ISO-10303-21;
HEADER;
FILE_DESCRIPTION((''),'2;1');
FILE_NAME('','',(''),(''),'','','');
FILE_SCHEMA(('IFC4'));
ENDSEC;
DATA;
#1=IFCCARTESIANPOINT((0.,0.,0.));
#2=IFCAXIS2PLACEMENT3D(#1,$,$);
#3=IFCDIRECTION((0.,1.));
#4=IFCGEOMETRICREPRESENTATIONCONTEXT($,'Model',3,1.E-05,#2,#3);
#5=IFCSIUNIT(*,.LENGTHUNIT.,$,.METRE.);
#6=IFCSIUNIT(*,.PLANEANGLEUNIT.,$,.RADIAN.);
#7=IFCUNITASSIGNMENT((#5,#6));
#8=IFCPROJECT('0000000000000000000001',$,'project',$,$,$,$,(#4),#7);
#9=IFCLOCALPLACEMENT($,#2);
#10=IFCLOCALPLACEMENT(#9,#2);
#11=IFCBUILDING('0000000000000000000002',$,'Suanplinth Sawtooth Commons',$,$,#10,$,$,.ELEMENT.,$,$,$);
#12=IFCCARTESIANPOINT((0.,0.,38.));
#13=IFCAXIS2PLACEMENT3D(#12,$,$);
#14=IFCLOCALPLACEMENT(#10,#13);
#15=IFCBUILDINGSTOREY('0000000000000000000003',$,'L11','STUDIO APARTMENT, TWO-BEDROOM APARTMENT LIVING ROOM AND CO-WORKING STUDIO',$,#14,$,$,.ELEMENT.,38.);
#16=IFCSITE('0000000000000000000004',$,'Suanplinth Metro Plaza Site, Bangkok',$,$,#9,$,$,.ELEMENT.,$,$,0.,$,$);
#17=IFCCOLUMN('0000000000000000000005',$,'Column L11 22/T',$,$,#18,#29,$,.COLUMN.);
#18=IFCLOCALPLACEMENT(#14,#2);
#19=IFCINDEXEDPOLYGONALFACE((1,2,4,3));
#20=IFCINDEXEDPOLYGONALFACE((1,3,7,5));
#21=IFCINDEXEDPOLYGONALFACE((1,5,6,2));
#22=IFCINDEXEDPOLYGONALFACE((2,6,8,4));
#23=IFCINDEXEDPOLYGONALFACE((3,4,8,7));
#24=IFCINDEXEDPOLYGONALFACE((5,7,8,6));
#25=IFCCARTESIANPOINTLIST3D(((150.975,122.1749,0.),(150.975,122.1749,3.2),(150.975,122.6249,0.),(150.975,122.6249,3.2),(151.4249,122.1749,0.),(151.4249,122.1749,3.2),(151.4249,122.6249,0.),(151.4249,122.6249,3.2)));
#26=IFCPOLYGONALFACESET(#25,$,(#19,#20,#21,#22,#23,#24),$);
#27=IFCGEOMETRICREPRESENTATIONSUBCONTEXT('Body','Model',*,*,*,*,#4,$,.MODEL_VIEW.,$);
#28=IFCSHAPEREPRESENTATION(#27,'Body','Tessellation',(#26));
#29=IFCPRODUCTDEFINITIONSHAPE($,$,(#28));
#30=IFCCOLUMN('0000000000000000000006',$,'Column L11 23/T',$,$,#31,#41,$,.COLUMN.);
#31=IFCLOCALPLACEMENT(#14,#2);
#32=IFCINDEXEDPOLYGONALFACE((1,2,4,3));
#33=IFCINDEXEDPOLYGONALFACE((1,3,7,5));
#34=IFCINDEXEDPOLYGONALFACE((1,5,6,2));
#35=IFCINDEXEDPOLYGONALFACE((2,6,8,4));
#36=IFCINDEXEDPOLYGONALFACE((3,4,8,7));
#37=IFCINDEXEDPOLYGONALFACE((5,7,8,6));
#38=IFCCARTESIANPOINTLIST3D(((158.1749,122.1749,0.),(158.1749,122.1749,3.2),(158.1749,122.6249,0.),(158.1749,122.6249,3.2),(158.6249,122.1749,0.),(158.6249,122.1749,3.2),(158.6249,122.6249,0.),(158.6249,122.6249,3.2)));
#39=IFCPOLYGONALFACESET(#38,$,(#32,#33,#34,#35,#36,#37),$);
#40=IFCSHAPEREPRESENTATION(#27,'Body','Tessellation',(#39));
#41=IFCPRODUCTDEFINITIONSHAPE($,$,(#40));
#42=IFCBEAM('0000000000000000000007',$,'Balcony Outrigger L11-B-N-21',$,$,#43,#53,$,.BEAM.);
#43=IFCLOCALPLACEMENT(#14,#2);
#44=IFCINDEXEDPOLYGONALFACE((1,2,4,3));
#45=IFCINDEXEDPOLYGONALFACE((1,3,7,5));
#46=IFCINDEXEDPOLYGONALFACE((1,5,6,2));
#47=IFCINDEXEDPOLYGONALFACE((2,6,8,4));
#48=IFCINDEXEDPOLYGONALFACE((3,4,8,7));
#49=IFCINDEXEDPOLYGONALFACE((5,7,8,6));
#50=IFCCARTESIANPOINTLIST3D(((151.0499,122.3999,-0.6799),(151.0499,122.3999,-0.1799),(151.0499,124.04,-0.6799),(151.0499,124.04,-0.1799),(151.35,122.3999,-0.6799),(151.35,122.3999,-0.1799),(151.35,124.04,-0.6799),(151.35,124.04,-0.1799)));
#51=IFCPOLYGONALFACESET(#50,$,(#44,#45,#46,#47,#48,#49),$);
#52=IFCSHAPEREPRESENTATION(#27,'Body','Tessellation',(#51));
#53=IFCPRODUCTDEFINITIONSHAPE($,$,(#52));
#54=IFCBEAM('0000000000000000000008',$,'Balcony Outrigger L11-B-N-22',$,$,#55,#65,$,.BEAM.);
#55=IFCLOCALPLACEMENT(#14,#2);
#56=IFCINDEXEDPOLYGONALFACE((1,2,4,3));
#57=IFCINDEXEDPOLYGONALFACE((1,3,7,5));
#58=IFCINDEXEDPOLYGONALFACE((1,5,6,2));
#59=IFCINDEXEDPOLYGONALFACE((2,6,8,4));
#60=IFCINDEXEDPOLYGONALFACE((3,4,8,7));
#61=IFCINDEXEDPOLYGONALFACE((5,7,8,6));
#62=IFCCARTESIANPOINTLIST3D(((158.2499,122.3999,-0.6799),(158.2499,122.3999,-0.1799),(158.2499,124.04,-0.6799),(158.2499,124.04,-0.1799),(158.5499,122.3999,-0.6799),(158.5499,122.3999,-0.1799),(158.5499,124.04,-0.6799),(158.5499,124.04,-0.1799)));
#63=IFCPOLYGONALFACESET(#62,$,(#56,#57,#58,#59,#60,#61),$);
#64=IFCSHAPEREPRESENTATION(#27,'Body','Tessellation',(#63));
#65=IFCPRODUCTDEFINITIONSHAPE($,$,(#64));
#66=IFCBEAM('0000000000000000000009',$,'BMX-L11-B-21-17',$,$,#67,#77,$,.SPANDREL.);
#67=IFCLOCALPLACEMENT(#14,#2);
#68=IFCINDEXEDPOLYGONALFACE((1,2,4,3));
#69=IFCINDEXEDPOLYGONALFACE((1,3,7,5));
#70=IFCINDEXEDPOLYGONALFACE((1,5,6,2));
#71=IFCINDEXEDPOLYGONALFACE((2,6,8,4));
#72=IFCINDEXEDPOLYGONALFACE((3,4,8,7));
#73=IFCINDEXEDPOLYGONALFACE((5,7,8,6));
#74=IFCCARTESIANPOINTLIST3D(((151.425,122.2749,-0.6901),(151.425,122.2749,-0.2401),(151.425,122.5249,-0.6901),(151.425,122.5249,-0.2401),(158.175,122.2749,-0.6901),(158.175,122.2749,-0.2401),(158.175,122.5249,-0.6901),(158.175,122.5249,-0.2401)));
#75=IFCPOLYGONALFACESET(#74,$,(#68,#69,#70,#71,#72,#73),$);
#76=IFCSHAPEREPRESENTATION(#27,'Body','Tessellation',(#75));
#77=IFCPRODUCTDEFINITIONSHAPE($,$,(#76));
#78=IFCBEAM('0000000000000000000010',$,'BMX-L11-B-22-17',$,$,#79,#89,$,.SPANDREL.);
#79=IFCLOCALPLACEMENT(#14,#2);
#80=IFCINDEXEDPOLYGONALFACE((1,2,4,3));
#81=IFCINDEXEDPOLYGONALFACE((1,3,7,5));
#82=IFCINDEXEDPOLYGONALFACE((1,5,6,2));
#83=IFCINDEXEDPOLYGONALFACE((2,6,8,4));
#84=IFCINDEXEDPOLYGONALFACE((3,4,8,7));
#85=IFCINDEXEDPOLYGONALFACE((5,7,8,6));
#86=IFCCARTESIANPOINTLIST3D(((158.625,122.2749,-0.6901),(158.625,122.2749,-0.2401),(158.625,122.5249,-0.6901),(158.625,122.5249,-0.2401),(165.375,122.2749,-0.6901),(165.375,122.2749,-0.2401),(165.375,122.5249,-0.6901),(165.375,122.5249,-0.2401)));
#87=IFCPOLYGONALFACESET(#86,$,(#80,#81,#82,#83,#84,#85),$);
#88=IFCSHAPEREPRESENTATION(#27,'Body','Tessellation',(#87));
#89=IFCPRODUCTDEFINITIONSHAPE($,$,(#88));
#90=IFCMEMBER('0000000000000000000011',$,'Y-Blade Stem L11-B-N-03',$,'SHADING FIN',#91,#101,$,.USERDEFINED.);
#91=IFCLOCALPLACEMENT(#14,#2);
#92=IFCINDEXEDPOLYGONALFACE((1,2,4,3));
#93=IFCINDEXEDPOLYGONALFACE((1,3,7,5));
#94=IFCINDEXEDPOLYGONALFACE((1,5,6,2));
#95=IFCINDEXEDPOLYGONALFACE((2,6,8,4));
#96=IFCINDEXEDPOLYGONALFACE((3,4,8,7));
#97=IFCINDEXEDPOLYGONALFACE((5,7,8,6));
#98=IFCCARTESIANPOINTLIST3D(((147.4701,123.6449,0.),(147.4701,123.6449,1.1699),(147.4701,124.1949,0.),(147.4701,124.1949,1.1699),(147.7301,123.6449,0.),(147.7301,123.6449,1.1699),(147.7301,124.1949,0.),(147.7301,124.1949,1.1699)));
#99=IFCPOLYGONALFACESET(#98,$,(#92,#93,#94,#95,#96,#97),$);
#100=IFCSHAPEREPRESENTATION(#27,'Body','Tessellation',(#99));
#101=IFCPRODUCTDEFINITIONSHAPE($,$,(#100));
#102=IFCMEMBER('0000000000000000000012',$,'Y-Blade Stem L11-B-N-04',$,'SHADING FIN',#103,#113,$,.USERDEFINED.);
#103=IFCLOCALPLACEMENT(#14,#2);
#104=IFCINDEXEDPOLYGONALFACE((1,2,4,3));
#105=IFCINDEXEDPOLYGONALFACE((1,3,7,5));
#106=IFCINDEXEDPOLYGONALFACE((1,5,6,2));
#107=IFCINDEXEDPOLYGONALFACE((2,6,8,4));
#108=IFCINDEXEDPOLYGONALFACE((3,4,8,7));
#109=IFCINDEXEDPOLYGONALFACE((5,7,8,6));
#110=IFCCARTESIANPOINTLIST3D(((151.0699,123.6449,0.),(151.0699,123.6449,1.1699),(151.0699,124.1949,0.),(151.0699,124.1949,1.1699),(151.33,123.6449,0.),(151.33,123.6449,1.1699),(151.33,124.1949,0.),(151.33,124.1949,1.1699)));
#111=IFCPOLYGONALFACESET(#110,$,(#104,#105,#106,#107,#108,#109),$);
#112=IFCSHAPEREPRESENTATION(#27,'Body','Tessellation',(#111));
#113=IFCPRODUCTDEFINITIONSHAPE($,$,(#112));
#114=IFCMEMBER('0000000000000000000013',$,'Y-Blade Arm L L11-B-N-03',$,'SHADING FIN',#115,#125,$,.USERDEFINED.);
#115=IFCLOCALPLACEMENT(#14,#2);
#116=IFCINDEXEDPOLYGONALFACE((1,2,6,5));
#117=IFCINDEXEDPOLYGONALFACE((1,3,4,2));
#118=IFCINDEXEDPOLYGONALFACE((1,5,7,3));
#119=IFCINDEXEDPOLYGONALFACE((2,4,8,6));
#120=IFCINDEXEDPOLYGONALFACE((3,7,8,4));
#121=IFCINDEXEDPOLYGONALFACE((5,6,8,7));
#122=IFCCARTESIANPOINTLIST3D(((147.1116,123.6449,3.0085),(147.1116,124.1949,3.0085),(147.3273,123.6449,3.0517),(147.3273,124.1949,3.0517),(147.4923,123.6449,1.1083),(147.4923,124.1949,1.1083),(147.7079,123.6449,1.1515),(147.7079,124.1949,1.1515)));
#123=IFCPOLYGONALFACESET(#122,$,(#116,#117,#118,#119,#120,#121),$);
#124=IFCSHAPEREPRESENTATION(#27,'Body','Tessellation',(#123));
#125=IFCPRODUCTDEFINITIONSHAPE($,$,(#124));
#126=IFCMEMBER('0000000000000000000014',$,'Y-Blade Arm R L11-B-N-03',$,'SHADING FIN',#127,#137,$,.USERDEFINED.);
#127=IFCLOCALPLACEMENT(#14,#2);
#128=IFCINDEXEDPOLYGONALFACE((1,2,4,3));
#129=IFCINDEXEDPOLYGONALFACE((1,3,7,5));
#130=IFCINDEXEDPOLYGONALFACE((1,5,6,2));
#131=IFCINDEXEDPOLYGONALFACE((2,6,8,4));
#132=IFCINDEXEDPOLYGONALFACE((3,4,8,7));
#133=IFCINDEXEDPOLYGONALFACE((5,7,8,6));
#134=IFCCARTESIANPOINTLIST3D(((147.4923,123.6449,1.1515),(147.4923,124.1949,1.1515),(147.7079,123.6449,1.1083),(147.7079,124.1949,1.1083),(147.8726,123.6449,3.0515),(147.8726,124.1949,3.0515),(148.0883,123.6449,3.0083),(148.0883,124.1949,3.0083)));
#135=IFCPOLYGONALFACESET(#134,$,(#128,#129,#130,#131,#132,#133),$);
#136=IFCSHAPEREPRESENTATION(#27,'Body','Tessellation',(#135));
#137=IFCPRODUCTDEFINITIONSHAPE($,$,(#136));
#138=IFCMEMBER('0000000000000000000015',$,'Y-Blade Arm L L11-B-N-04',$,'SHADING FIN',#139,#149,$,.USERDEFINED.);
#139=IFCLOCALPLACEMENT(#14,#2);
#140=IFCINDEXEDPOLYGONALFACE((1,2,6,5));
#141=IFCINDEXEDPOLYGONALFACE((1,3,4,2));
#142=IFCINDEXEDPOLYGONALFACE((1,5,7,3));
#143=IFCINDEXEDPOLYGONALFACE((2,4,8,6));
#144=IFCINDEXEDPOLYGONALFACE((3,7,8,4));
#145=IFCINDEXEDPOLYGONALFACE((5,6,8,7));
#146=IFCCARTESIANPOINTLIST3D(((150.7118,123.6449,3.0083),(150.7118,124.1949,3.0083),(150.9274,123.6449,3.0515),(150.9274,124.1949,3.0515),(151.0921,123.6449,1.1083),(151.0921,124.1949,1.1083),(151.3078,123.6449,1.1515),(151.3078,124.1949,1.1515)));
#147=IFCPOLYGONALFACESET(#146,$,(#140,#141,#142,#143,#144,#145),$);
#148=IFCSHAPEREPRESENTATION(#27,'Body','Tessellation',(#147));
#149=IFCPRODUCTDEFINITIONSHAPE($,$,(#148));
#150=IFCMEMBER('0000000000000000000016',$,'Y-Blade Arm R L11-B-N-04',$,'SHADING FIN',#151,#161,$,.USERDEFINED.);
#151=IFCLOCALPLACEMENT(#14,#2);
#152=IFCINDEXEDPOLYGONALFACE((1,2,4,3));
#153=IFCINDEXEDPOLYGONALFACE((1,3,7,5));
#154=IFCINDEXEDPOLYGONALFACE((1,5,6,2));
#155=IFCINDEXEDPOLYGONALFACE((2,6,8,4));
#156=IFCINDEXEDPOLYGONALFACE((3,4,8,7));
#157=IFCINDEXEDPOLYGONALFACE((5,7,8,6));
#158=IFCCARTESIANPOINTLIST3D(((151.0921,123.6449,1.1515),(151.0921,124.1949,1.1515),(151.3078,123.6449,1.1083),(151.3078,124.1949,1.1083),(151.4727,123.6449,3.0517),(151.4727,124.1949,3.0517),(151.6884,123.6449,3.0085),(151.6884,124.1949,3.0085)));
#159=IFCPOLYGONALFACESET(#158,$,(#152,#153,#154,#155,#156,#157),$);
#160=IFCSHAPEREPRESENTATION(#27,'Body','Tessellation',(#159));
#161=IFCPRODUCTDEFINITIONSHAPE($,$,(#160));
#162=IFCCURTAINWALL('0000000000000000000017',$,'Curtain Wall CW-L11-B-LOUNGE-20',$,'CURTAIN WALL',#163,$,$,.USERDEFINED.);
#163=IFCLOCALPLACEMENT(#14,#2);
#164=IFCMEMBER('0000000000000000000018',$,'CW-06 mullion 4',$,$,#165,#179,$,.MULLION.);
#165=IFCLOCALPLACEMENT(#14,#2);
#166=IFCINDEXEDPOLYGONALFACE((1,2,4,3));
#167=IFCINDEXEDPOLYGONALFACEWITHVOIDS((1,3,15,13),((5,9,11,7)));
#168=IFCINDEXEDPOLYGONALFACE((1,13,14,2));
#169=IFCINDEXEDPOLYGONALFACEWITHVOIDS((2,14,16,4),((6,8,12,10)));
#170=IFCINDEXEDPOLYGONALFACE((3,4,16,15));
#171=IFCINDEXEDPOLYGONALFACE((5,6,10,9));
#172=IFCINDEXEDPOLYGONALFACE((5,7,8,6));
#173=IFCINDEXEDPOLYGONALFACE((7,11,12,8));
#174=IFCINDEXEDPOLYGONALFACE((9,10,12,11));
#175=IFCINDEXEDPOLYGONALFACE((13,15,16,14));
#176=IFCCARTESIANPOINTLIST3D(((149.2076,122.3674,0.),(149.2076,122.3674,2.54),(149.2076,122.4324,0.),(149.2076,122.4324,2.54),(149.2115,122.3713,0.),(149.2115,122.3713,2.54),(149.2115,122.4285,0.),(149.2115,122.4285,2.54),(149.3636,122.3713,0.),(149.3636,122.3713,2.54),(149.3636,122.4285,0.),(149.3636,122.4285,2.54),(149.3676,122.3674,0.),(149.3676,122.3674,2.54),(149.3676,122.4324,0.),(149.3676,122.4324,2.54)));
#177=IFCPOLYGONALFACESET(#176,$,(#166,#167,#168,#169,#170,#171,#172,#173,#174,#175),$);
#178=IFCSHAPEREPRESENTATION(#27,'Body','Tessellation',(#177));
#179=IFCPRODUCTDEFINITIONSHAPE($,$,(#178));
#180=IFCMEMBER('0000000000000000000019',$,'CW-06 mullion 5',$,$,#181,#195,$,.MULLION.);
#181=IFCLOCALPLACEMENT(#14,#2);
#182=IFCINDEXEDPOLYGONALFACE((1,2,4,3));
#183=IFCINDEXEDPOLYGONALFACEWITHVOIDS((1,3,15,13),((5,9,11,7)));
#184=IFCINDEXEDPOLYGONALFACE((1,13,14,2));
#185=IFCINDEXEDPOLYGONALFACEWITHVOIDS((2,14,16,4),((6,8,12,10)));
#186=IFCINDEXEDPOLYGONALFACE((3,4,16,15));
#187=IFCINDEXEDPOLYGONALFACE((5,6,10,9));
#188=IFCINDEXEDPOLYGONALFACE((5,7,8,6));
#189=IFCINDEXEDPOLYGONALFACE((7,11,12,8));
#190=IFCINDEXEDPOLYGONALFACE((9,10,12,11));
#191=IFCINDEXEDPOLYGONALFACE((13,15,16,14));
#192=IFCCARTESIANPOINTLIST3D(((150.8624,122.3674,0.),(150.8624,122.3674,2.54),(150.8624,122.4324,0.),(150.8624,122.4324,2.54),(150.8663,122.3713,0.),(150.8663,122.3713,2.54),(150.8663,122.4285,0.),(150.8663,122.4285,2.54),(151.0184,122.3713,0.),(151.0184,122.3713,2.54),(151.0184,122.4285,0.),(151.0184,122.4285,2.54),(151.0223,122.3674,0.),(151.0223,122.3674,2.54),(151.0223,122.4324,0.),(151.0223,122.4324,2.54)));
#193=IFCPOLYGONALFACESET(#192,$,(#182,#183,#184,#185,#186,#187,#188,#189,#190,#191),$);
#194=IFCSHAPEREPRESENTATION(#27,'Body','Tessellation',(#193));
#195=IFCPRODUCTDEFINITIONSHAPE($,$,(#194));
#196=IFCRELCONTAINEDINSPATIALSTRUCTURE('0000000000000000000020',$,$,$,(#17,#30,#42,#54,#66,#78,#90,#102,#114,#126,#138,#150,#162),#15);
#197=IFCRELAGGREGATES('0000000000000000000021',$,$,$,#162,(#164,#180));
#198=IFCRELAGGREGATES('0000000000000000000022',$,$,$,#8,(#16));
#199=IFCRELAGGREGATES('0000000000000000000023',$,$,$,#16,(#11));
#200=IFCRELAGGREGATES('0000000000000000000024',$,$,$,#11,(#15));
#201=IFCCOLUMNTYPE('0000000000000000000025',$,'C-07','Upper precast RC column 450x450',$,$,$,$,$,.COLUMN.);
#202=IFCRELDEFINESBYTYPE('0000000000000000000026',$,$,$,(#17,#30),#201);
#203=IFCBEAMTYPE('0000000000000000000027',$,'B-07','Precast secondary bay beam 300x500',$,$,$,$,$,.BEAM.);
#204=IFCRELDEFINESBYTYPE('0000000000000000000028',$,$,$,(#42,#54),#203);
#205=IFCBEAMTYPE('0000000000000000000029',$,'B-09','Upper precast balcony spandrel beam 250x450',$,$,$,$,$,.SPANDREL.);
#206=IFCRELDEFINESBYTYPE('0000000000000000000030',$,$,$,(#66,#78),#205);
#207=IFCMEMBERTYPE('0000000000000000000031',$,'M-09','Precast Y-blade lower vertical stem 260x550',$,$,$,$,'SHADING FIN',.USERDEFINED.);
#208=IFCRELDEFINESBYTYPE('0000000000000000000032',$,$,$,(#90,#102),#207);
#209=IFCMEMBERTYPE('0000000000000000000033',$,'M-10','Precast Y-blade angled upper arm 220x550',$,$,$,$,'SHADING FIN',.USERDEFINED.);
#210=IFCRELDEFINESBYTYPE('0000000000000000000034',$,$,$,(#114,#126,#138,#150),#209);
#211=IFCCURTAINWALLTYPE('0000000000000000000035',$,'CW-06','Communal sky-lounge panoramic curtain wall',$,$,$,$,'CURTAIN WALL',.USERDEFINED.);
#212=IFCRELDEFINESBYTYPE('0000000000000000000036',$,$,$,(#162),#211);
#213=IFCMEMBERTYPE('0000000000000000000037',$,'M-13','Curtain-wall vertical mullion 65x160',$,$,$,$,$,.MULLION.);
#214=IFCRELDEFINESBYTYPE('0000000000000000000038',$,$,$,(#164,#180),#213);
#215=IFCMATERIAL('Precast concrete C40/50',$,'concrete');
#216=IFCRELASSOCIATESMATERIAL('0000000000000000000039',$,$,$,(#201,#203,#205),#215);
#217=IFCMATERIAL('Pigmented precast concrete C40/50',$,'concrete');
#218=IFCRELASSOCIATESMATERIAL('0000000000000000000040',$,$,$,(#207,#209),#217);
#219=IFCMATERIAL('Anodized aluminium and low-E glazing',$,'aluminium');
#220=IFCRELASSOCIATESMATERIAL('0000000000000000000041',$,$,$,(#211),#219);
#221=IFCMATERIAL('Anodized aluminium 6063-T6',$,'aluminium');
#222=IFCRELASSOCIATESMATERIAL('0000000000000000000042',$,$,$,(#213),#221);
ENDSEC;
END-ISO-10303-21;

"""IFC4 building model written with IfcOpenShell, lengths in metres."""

from ifc_helpers import new_model, si_unit, direction, frame, origin, origin_2d, place, context, subcontext, project, spatial, rectangle, hollow_rectangle, extrude, material, material_profile, profile_set, type_object, element, aggregate, save


model = new_model("IFC4")

# Units and contexts
model_context = context("Model", 3, precision=1e-05, world=origin(), true_north=direction((0.0, 1.0)))
body_context = subcontext(model_context, "Body", "Model", "MODEL_VIEW")
ifc_project = project(units=[si_unit("LENGTHUNIT", "METRE"), si_unit("PLANEANGLEUNIT", "RADIAN")], contexts=[model_context])

# Site, building, storey
site_placement = place(None, origin())
site = spatial("IfcSite", under=ifc_project, at=site_placement, Name="Suanplinth Metro Plaza Site, Bangkok", CompositionType="ELEMENT", RefElevation=0.0)
building_placement = place(site_placement, origin())
building = spatial("IfcBuilding", under=site, at=building_placement, Name="Suanplinth Sawtooth Commons", CompositionType="ELEMENT")
storey_placement = place(building_placement, frame((0.0, 0.0, 38.0)))
storey = spatial("IfcBuildingStorey", under=building, at=storey_placement, Name="L11", Description="STUDIO APARTMENT, TWO-BEDROOM APARTMENT LIVING ROOM AND CO-WORKING STUDIO", CompositionType="ELEMENT", Elevation=38.0)

# Columns
ifc_material_1 = material(Name="Precast concrete C40/50", Category="concrete")
ifc_material_profile_1 = material_profile(ifc_material_1, rectangle(XDim=0.45, YDim=0.45, at=origin_2d()), Name="PC-COL 450x450")
ifc_profile_set_1 = profile_set([ifc_material_profile_1], Name="Precast concrete C40/50")
column_type = type_object("IfcColumnType", Name="C-07", Description="Upper precast RC column 450x450", PredefinedType="COLUMN", material=ifc_profile_set_1)
for number, where, z_axis, x_axis, name in (
    (1, (151.2, 122.3999, 0.0), (0.0, 0.0, 1.0), (1.0, 0.0, 0.0), "Column L11 22/T"),
    (2, (158.3999, 122.3999, 0.0), (0.0, 0.0, 1.0), (1.0, 0.0, 0.0), "Column L11 23/T"),
):
    element("IfcColumn", number, at=place(storey_placement, frame(where, z_axis=z_axis, x_axis=x_axis)), inside=storey, type_object=column_type, Name=name, PredefinedType="COLUMN", context=body_context, shape_type="SweptSolid", body=[
        extrude(rectangle(XDim=0.45, YDim=0.45, at=origin_2d()), origin(), (0.0, 0.0, 1.0), 3.2),
    ])

# Beams
ifc_material_profile_2 = material_profile(ifc_material_1, rectangle(XDim=0.3, YDim=0.5, at=origin_2d()), Name="PC-BM 300x500")
ifc_profile_set_2 = profile_set([ifc_material_profile_2], Name="Precast concrete C40/50")
beam_type_1 = type_object("IfcBeamType", Name="B-07", Description="Precast secondary bay beam 300x500", PredefinedType="BEAM", material=ifc_profile_set_2)
for number, where, z_axis, x_axis, name in (
    (3, (151.2, 122.3999, -0.4299), (0.0, 1.0, 0.0), (-1.0, 0.0, 0.0), "Balcony Outrigger L11-B-N-21"),
    (4, (158.3999, 122.3999, -0.4299), (0.0, 1.0, 0.0), (-1.0, 0.0, 0.0), "Balcony Outrigger L11-B-N-22"),
):
    element("IfcBeam", number, at=place(storey_placement, frame(where, z_axis=z_axis, x_axis=x_axis)), inside=storey, type_object=beam_type_1, Name=name, PredefinedType="BEAM", context=body_context, shape_type="SweptSolid", body=[
        extrude(rectangle(XDim=0.3, YDim=0.5, at=origin_2d()), origin(), (0.0, 0.0, 1.0), 1.6401),
    ])
ifc_material_profile_3 = material_profile(ifc_material_1, rectangle(XDim=0.25, YDim=0.45, at=origin_2d()), Name="PC-SP 250x450")
ifc_profile_set_3 = profile_set([ifc_material_profile_3], Name="Precast concrete C40/50")
beam_type_2 = type_object("IfcBeamType", Name="B-09", Description="Upper precast balcony spandrel beam 250x450", PredefinedType="SPANDREL", material=ifc_profile_set_3)
for number, where, z_axis, x_axis, name in (
    (5, (151.425, 122.3999, -0.4651), (1.0, 0.0, 0.0), (0.0, 1.0, 0.0), "BMX-L11-B-21-17"),
    (6, (158.625, 122.3999, -0.4651), (1.0, 0.0, 0.0), (0.0, 1.0, 0.0), "BMX-L11-B-22-17"),
):
    element("IfcBeam", number, at=place(storey_placement, frame(where, z_axis=z_axis, x_axis=x_axis)), inside=storey, type_object=beam_type_2, Name=name, PredefinedType="SPANDREL", context=body_context, shape_type="SweptSolid", body=[
        extrude(rectangle(XDim=0.25, YDim=0.45, at=origin_2d()), origin(), (0.0, 0.0, 1.0), 6.75),
    ])

# Members
ifc_material_2 = material(Name="Pigmented precast concrete C40/50", Category="concrete")
ifc_material_profile_4 = material_profile(ifc_material_2, rectangle(XDim=0.26, YDim=0.55, at=origin_2d()), Name="PC-FIN 260x550")
ifc_profile_set_4 = profile_set([ifc_material_profile_4], Name="Pigmented precast concrete C40/50")
member_type_1 = type_object("IfcMemberType", Name="M-09", Description="Precast Y-blade lower vertical stem 260x550", ElementType="SHADING FIN", PredefinedType="USERDEFINED", material=ifc_profile_set_4)
for number, where, z_axis, x_axis, name in (
    (7, (147.6001, 123.9199, 0.0), (0.0, 0.0, 1.0), (1.0, 0.0, 0.0), "Y-Blade Stem L11-B-N-03"),
    (8, (151.2, 123.9199, 0.0), (0.0, 0.0, 1.0), (1.0, 0.0, 0.0), "Y-Blade Stem L11-B-N-04"),
):
    element("IfcMember", number, at=place(storey_placement, frame(where, z_axis=z_axis, x_axis=x_axis)), inside=storey, type_object=member_type_1, Name=name, ObjectType="SHADING FIN", PredefinedType="USERDEFINED", context=body_context, shape_type="SweptSolid", body=[
        extrude(rectangle(XDim=0.26, YDim=0.55, at=origin_2d()), origin(), (0.0, 0.0, 1.0), 1.1699),
    ])
ifc_material_profile_5 = material_profile(ifc_material_2, rectangle(XDim=0.22, YDim=0.55, at=origin_2d()), Name="PC-FIN 220x550")
ifc_profile_set_5 = profile_set([ifc_material_profile_5], Name="Pigmented precast concrete C40/50")
member_type_2 = type_object("IfcMemberType", Name="M-10", Description="Precast Y-blade angled upper arm 220x550", ElementType="SHADING FIN", PredefinedType="USERDEFINED", material=ifc_profile_set_5)
member_1_placement = place(storey_placement, frame((147.6001, 123.9199, 1.1299), z_axis=(-0.196407, 0.0, 0.980522), x_axis=(0.980522, 0.0, 0.196407)))
element("IfcMember", 9, at=member_1_placement, inside=storey, type_object=member_type_2, Name="Y-Blade Arm L L11-B-N-03", ObjectType="SHADING FIN", PredefinedType="USERDEFINED", context=body_context, shape_type="SweptSolid", body=[
    extrude(rectangle(XDim=0.22, YDim=0.55, at=origin_2d()), origin(), (0.0, 0.0, 1.0), 1.938),
])
for number, where, z_axis, x_axis, name in (
    (10, (147.6001, 123.9199, 1.1299), (0.196286, 0.0, 0.980547), (-0.980547, 0.0, 0.196286), "Y-Blade Arm R L11-B-N-03"),
    (11, (151.2, 123.9199, 1.1299), (-0.196286, 0.0, 0.980547), (0.980547, 0.0, 0.196286), "Y-Blade Arm L L11-B-N-04"),
):
    element("IfcMember", number, at=place(storey_placement, frame(where, z_axis=z_axis, x_axis=x_axis)), inside=storey, type_object=member_type_2, Name=name, ObjectType="SHADING FIN", PredefinedType="USERDEFINED", context=body_context, shape_type="SweptSolid", body=[
        extrude(rectangle(XDim=0.22, YDim=0.55, at=origin_2d()), origin(), (0.0, 0.0, 1.0), 1.9377),
    ])
member_2_placement = place(storey_placement, frame((151.2, 123.9199, 1.1299), z_axis=(0.196407, 0.0, 0.980522), x_axis=(-0.980522, 0.0, 0.196407)))
element("IfcMember", 12, at=member_2_placement, inside=storey, type_object=member_type_2, Name="Y-Blade Arm R L11-B-N-04", ObjectType="SHADING FIN", PredefinedType="USERDEFINED", context=body_context, shape_type="SweptSolid", body=[
    extrude(rectangle(XDim=0.22, YDim=0.55, at=origin_2d()), origin(), (0.0, 0.0, 1.0), 1.938),
])

# Curtain wall, members
ifc_material_3 = material(Name="Anodized aluminium and low-E glazing", Category="aluminium")
curtain_wall_type = type_object("IfcCurtainWallType", Name="CW-06", Description="Communal sky-lounge panoramic curtain wall", ElementType="CURTAIN WALL", PredefinedType="USERDEFINED", material=ifc_material_3)
curtain_wall_placement = place(storey_placement, origin())
curtain_wall = element("IfcCurtainWall", 13, at=curtain_wall_placement, inside=storey, type_object=curtain_wall_type, Name="Curtain Wall CW-L11-B-LOUNGE-20", ObjectType="CURTAIN WALL", PredefinedType="USERDEFINED")
ifc_material_4 = material(Name="Anodized aluminium 6063-T6", Category="aluminium")
ifc_material_profile_6 = material_profile(ifc_material_4, hollow_rectangle(XDim=0.0649, YDim=0.1599, WallThickness=0.0039, at=origin_2d()), Name="ALU-MUL 65x160")
ifc_profile_set_6 = profile_set([ifc_material_profile_6], Name="Anodized aluminium 6063-T6")
member_type_3 = type_object("IfcMemberType", Name="M-13", Description="Curtain-wall vertical mullion 65x160", PredefinedType="MULLION", material=ifc_profile_set_6)
member_3_placement = place(storey_placement, frame((149.2876, 122.3999, 0.0), z_axis=(0.0, 0.0, 1.0), x_axis=(0.0, 1.0, 0.0)))
member_3 = element("IfcMember", 14, at=member_3_placement, type_object=member_type_3, Name="CW-06 mullion 4", PredefinedType="MULLION", context=body_context, shape_type="SweptSolid", body=[
    extrude(hollow_rectangle(XDim=0.0649, YDim=0.1599, WallThickness=0.0039, at=origin_2d()), origin(), (0.0, 0.0, 1.0), 2.54),
])
member_4_placement = place(storey_placement, frame((150.9424, 122.3999, 0.0), z_axis=(0.0, 0.0, 1.0), x_axis=(0.0, 1.0, 0.0)))
member_4 = element("IfcMember", 15, at=member_4_placement, type_object=member_type_3, Name="CW-06 mullion 5", PredefinedType="MULLION", context=body_context, shape_type="SweptSolid", body=[
    extrude(hollow_rectangle(XDim=0.0649, YDim=0.1599, WallThickness=0.0039, at=origin_2d()), origin(), (0.0, 0.0, 1.0), 2.54),
])

aggregate(curtain_wall, [member_3, member_4])

save(model, "model.ifc")
